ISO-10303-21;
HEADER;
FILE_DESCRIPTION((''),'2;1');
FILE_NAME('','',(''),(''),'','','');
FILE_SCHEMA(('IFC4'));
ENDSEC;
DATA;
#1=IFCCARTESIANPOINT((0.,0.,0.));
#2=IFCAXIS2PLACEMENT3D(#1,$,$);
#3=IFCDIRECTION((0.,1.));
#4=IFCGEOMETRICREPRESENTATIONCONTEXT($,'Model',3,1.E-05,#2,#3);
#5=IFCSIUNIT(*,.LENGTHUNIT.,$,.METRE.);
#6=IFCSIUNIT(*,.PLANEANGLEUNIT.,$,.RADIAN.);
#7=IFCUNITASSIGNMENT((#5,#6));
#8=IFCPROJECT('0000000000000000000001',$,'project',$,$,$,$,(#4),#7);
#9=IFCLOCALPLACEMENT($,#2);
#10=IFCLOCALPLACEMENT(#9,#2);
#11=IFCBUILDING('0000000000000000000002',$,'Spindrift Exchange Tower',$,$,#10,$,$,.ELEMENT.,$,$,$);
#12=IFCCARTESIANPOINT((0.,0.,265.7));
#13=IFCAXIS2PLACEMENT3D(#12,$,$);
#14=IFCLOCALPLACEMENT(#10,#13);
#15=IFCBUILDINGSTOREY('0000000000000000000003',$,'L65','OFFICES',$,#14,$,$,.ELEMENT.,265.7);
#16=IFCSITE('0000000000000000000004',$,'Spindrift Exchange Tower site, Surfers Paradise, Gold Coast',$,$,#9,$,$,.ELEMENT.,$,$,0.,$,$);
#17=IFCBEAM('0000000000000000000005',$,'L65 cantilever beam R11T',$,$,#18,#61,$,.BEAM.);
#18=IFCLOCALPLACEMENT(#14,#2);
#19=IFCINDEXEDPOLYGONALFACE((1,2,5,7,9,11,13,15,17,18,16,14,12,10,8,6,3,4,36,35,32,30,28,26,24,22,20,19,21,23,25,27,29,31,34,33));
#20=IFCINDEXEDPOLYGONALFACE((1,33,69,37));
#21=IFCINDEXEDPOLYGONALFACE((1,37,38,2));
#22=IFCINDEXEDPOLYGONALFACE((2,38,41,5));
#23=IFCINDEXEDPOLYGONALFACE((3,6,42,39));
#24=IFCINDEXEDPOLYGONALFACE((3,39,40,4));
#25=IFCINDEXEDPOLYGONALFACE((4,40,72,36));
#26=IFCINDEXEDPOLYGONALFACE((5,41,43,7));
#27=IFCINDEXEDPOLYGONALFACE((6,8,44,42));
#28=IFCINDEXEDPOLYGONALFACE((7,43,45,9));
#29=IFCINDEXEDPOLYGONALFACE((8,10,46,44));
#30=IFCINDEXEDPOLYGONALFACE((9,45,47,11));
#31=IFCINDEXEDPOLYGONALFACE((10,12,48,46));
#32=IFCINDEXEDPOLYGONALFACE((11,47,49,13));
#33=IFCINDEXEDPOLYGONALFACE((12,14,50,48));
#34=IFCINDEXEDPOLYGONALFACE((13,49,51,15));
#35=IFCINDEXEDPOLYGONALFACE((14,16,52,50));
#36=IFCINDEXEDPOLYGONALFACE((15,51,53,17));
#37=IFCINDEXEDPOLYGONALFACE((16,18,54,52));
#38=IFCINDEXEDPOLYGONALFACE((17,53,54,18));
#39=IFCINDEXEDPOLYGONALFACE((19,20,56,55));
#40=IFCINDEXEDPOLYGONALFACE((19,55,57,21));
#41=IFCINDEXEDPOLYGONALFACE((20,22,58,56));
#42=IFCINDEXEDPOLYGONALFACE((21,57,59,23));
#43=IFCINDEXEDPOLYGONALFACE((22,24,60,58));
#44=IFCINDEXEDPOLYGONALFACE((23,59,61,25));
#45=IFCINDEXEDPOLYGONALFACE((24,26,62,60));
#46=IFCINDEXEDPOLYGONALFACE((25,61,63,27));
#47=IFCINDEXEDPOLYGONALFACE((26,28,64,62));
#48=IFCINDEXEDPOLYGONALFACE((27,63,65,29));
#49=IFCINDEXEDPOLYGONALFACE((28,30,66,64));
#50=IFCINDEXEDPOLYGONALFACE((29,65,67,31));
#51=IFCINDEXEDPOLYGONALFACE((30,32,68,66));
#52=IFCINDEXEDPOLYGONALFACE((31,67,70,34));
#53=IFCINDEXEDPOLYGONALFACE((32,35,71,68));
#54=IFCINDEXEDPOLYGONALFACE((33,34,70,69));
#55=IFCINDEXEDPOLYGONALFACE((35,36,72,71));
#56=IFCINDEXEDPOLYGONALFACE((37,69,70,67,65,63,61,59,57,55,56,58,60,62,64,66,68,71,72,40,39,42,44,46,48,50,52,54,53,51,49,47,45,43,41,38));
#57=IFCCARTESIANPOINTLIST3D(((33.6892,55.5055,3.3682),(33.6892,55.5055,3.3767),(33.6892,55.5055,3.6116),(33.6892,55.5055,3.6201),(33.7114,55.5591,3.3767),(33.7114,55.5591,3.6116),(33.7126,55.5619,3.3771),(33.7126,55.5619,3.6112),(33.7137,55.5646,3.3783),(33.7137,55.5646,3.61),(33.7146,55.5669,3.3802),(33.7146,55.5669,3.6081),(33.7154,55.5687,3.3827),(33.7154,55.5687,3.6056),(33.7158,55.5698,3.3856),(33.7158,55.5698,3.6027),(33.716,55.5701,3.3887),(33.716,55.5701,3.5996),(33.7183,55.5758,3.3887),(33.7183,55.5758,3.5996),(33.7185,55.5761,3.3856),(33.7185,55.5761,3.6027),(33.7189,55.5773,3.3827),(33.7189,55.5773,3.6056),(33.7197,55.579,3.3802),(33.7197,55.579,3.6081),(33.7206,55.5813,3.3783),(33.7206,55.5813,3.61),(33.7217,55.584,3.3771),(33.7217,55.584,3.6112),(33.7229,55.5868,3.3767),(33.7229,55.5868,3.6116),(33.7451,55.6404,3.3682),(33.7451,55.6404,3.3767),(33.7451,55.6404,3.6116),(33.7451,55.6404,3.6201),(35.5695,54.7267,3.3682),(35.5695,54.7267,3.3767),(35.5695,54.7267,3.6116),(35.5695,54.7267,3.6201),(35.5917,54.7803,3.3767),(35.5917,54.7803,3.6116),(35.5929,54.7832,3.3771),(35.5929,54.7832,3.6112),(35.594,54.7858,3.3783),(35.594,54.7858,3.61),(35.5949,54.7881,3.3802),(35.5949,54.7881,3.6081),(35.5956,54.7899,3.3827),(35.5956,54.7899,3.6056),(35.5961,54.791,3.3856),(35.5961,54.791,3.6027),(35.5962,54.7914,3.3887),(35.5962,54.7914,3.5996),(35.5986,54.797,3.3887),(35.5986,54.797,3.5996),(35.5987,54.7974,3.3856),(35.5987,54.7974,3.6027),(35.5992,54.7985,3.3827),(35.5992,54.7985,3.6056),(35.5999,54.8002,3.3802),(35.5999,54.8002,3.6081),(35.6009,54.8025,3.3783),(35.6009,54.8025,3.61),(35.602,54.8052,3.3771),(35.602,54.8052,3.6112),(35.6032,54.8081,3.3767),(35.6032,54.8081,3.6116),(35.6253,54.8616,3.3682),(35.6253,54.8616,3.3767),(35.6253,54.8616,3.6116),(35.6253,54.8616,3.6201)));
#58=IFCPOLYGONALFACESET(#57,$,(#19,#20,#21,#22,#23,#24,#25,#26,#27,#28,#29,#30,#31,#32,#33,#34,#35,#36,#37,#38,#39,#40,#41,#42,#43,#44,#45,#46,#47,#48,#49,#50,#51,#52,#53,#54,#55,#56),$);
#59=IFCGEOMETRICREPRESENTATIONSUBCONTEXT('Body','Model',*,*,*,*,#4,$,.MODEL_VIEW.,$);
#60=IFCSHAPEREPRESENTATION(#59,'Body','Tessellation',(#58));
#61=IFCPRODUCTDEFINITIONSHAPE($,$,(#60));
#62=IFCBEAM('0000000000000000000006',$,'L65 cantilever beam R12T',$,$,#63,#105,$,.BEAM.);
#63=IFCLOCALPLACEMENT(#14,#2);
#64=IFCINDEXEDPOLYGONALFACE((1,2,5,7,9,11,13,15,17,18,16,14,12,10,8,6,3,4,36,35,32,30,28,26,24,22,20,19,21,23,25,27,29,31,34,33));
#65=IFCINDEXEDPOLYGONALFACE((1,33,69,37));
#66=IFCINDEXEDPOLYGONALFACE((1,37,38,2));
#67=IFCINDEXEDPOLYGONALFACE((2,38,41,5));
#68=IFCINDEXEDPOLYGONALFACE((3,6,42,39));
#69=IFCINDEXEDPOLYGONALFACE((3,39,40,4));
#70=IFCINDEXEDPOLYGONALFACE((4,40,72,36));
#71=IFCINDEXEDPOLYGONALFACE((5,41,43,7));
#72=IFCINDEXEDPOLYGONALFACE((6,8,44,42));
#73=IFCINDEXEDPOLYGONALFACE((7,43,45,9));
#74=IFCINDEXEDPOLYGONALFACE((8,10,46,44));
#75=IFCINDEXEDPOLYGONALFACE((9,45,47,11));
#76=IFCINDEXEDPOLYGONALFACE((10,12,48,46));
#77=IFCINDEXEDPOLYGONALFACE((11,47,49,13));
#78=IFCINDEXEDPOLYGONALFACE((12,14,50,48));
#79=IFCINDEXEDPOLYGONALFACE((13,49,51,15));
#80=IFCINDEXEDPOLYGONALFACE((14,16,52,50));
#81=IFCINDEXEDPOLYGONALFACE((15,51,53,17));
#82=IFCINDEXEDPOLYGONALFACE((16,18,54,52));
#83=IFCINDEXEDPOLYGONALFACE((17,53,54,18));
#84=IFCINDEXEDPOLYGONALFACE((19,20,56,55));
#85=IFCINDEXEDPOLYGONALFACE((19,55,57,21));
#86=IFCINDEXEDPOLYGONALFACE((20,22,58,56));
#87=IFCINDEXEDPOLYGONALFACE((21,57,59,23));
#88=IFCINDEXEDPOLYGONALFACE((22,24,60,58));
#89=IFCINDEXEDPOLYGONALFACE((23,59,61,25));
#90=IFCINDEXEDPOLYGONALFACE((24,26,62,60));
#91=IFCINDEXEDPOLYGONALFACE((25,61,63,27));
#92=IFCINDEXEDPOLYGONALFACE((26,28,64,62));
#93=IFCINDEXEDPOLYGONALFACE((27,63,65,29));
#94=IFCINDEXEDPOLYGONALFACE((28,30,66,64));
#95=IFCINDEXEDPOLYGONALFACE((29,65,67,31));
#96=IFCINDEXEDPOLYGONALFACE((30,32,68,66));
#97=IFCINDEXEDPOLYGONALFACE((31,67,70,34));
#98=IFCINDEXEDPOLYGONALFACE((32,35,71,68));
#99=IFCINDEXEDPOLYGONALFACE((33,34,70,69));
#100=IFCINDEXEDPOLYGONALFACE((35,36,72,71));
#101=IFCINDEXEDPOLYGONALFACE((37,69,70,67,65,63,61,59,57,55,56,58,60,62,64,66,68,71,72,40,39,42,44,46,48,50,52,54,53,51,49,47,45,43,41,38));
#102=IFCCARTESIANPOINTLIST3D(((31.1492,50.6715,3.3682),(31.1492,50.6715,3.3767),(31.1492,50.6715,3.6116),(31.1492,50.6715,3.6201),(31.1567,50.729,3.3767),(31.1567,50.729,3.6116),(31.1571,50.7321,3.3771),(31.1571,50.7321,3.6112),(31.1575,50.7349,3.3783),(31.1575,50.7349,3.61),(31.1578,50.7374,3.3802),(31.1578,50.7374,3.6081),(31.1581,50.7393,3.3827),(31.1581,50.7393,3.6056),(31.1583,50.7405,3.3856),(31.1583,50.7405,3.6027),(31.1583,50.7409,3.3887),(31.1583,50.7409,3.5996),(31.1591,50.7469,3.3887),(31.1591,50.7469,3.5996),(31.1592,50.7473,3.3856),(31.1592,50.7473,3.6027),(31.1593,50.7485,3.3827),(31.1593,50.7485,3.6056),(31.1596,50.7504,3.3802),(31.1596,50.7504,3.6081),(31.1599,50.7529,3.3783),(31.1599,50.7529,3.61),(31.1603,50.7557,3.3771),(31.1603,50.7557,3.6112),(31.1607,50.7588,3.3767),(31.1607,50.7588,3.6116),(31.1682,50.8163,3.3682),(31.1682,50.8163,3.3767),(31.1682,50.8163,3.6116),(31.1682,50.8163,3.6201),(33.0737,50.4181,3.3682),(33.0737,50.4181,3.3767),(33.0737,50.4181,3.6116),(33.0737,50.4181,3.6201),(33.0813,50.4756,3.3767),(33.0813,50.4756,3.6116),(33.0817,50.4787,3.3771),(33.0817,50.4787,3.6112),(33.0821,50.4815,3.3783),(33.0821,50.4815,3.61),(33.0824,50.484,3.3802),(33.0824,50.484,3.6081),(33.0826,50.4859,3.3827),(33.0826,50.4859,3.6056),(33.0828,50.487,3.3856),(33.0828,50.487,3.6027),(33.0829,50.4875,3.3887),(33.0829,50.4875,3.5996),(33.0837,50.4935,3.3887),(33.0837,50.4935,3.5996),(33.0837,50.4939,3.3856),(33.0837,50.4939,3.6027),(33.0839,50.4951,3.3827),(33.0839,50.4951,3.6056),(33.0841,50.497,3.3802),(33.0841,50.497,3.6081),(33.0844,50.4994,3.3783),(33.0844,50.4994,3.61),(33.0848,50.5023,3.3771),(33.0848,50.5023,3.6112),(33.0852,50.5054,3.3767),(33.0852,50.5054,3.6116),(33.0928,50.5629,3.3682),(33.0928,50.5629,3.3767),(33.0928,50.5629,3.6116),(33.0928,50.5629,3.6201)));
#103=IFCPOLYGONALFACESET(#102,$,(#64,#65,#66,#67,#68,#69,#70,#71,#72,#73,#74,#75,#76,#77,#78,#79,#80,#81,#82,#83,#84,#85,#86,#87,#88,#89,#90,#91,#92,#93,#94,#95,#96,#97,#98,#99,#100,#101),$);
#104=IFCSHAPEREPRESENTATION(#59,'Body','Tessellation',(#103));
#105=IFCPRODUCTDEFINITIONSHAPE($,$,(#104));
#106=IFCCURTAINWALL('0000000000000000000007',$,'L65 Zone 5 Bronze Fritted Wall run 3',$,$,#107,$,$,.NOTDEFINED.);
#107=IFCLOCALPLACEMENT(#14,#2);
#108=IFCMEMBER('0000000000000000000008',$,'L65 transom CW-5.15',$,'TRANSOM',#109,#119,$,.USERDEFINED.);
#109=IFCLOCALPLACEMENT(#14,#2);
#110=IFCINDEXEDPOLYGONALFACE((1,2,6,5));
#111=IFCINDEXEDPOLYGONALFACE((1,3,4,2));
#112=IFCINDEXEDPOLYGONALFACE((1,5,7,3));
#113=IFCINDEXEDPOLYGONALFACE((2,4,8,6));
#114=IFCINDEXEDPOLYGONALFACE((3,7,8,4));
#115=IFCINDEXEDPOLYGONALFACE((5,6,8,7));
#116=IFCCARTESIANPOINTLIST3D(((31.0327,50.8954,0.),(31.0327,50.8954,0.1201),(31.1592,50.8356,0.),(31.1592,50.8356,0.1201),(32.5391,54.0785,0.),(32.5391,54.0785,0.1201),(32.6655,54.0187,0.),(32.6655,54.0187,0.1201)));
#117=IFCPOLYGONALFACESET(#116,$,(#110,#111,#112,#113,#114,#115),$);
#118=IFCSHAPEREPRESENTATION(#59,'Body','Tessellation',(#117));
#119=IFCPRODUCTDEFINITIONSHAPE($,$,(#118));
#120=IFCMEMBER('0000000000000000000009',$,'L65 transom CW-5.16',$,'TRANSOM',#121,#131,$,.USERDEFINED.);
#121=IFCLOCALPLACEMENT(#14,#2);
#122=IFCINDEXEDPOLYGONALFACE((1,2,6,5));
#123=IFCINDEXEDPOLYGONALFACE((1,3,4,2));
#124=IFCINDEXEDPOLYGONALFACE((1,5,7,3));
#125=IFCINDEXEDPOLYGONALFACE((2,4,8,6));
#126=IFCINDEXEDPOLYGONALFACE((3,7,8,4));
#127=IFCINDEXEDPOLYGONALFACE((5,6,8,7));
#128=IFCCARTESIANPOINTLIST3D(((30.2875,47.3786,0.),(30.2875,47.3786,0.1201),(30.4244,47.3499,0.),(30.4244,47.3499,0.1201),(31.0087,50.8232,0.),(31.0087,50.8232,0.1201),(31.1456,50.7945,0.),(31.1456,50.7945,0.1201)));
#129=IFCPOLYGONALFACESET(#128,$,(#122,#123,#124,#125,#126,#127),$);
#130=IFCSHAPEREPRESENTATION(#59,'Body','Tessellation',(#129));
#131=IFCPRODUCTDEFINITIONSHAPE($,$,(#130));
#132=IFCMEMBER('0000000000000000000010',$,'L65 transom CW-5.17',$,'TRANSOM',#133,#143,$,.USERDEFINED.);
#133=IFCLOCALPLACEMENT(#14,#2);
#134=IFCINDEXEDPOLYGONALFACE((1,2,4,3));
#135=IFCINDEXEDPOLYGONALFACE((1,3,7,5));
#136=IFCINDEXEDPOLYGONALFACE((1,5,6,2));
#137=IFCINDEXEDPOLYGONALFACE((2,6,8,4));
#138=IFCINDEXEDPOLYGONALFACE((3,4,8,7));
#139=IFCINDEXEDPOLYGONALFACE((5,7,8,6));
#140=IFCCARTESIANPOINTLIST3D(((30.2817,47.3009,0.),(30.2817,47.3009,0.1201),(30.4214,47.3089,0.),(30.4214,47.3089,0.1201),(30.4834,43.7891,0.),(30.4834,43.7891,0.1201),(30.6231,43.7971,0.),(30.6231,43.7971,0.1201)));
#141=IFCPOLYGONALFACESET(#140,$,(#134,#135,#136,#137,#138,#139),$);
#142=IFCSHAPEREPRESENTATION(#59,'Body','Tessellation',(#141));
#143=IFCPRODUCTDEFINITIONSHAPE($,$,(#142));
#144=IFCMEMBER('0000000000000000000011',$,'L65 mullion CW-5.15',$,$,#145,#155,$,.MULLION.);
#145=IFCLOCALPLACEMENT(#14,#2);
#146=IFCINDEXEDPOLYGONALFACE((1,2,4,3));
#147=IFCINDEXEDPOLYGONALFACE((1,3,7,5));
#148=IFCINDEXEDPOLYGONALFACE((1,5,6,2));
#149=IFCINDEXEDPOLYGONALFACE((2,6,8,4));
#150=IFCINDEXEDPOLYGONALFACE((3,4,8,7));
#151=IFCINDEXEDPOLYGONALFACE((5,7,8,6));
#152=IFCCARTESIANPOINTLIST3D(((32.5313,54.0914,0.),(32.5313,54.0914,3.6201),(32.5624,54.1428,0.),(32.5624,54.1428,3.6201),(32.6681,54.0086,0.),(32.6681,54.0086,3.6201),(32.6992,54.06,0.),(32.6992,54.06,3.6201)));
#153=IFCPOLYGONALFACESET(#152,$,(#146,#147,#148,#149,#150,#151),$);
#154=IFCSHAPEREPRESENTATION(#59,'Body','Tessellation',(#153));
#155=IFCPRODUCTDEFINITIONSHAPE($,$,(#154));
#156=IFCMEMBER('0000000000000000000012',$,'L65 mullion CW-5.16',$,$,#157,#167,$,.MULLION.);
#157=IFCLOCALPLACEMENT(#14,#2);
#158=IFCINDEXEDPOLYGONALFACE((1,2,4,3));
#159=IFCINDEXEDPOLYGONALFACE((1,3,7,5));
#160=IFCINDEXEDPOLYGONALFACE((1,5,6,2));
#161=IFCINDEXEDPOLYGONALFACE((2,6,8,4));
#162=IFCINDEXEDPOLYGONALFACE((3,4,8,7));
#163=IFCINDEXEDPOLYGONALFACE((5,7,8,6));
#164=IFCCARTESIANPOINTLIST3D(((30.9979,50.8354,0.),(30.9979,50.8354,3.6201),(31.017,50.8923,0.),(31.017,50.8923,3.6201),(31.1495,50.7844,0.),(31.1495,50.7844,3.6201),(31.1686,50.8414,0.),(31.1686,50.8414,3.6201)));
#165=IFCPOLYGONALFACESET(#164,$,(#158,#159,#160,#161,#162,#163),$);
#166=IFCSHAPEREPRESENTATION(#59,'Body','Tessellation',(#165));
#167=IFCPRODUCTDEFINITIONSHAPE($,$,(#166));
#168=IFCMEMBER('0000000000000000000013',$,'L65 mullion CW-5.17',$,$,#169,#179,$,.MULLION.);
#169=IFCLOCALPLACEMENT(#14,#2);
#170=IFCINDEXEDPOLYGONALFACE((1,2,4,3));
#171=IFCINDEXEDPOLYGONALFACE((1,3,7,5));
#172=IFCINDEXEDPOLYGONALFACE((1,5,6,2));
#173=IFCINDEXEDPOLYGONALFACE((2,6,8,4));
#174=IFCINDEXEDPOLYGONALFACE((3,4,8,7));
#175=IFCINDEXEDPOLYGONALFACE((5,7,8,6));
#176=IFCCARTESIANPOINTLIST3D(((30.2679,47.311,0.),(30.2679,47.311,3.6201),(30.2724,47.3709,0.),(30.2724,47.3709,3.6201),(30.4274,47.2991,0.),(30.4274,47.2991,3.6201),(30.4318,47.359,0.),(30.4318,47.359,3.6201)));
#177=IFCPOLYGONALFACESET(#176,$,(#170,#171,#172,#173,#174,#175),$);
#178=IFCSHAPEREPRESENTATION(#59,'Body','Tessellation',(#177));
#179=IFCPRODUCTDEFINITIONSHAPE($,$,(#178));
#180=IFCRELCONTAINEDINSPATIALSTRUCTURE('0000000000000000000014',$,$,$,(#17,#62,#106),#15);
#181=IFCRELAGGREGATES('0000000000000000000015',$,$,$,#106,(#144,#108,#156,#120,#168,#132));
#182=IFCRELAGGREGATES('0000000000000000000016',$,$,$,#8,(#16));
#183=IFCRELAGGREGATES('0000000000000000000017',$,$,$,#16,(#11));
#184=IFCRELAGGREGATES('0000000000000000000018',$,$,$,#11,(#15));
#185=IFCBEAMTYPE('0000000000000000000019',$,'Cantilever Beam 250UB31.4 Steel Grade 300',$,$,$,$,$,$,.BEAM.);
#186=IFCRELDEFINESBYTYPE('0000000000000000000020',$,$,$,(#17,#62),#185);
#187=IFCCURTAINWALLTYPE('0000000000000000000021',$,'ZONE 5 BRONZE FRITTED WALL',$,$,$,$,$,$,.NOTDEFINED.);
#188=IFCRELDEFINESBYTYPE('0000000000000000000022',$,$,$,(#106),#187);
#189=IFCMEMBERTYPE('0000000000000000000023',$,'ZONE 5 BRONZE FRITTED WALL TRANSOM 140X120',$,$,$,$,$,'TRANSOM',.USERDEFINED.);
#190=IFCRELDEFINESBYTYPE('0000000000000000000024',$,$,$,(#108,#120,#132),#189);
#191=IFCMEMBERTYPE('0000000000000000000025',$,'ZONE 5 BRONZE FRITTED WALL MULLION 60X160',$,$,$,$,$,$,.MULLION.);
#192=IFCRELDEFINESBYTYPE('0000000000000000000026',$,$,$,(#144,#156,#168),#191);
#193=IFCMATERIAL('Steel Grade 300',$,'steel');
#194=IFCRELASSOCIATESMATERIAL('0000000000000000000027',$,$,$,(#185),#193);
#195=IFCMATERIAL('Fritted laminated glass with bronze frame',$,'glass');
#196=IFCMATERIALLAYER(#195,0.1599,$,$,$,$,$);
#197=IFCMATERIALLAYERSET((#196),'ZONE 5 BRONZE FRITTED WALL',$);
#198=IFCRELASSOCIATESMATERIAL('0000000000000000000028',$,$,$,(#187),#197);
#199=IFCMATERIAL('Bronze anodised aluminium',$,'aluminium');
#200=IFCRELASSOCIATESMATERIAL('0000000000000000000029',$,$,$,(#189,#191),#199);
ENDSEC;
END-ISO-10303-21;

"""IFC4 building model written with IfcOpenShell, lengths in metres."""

from ifc_helpers import new_model, si_unit, direction, frame, origin, origin_2d, place, context, subcontext, project, spatial, rectangle, i_section, extrude, source, transform, mapped, material, layer, layer_set, material_profile, profile_set, type_object, element, aggregate, save


model = new_model("IFC4")

# Units and contexts
model_context = context("Model", 3, precision=1e-05, world=origin(), true_north=direction((0.0, 1.0)))
body_context = subcontext(model_context, "Body", "Model", "MODEL_VIEW")
ifc_project = project(units=[si_unit("LENGTHUNIT", "METRE"), si_unit("PLANEANGLEUNIT", "RADIAN")], contexts=[model_context])

# Site, building, storey
site_placement = place(None, origin())
site = spatial("IfcSite", under=ifc_project, at=site_placement, Name="Spindrift Exchange Tower site, Surfers Paradise, Gold Coast", CompositionType="ELEMENT", RefElevation=0.0)
building_placement = place(site_placement, origin())
building = spatial("IfcBuilding", under=site, at=building_placement, Name="Spindrift Exchange Tower", CompositionType="ELEMENT")
storey_placement = place(building_placement, frame((0.0, 0.0, 265.7)))
storey = spatial("IfcBuildingStorey", under=building, at=storey_placement, Name="L65", Description="OFFICES", CompositionType="ELEMENT", Elevation=265.7)

# Beams
ifc_material_1 = material(Name="Steel Grade 300", Category="steel")
ifc_material_profile_1 = material_profile(ifc_material_1, i_section(OverallWidth=0.146, OverallDepth=0.252, WebThickness=0.0061, FlangeThickness=0.0085, FilletRadius=0.012, at=origin_2d()), Name="250UB31.4")
ifc_profile_set_1 = profile_set([ifc_material_profile_1], Name="Steel Grade 300")
beam_type_1 = type_object("IfcBeamType", Name="Cantilever Beam 250UB31.4 Steel Grade 300", PredefinedType="BEAM", material=ifc_profile_set_1)
shared_shape_1 = source(origin(), body_context, "Body", "SweptSolid", [
    extrude(i_section(OverallWidth=0.146, OverallDepth=0.252, WebThickness=0.0061, FlangeThickness=0.0085, FilletRadius=0.012, at=origin_2d()), origin(), (0.0, 0.0, 1.0), 2.0352),
])
beam_1_placement = place(storey_placement, frame((35.5974, 54.7942, 3.4941), z_axis=(-0.923891, 0.382655, 0.0), x_axis=(-0.382655, -0.923891, 0.0)))
element("IfcBeam", 1, at=beam_1_placement, inside=storey, type_object=beam_type_1, Name="L65 cantilever beam R11T", PredefinedType="BEAM", context=body_context, shape_type="MappedRepresentation", body=[
    mapped(shared_shape_1, transform((0.0, 0.0, 0.0), scale=1.0)),
])
shared_shape_2 = source(origin(), body_context, "Body", "SweptSolid", [
    extrude(i_section(OverallWidth=0.146, OverallDepth=0.252, WebThickness=0.0061, FlangeThickness=0.0085, FilletRadius=0.012, at=origin_2d()), origin(), (0.0, 0.0, 1.0), 1.9412),
])
beam_2_placement = place(storey_placement, frame((33.0833, 50.4905, 3.4941), z_axis=(-0.991442, 0.130549, 0.0), x_axis=(-0.130549, -0.991442, 0.0)))
element("IfcBeam", 2, at=beam_2_placement, inside=storey, type_object=beam_type_1, Name="L65 cantilever beam R12T", PredefinedType="BEAM", context=body_context, shape_type="MappedRepresentation", body=[
    mapped(shared_shape_2, transform((0.0, 0.0, 0.0), scale=1.0)),
])

# Curtain wall, members
ifc_material_2 = material(Name="Fritted laminated glass with bronze frame", Category="glass")
ifc_layer_1 = layer(ifc_material_2, 0.1599)
ifc_layer_set_1 = layer_set([ifc_layer_1], Name="ZONE 5 BRONZE FRITTED WALL")
curtain_wall_type = type_object("IfcCurtainWallType", Name="ZONE 5 BRONZE FRITTED WALL", PredefinedType="NOTDEFINED", material=ifc_layer_set_1)
curtain_wall_placement = place(storey_placement, origin())
curtain_wall = element("IfcCurtainWall", 3, at=curtain_wall_placement, inside=storey, type_object=curtain_wall_type, Name="L65 Zone 5 Bronze Fritted Wall run 3", PredefinedType="NOTDEFINED")
ifc_material_3 = material(Name="Bronze anodised aluminium", Category="aluminium")
ifc_material_profile_2 = material_profile(ifc_material_3, rectangle(XDim=0.1399, YDim=0.1201, at=origin_2d()), Name="ZONE 5 BRONZE FRITTED WALL TRANSOM 140X120")
ifc_profile_set_2 = profile_set([ifc_material_profile_2], Name="Bronze anodised aluminium")
member_type_1 = type_object("IfcMemberType", Name="ZONE 5 BRONZE FRITTED WALL TRANSOM 140X120", ElementType="TRANSOM", PredefinedType="USERDEFINED", material=ifc_profile_set_2)
shared_shape_3 = source(origin(), body_context, "Body", "SweptSolid", [
    extrude(rectangle(XDim=0.1399, YDim=0.1201, at=origin_2d()), origin(), (0.0, 0.0, 1.0), 3.5215),
])
member_1_placement = place(storey_placement, frame((32.6023, 54.0486, 0.0601), z_axis=(-0.427753, -0.903896, 0.0), x_axis=(0.903896, -0.427753, 0.0)))
member_1 = element("IfcMember", 4, at=member_1_placement, type_object=member_type_1, Name="L65 transom CW-5.15", ObjectType="TRANSOM", PredefinedType="USERDEFINED", context=body_context, shape_type="MappedRepresentation", body=[
    mapped(shared_shape_3, transform((0.0, 0.0, 0.0), scale=1.0)),
])
shared_shape_4 = source(origin(), body_context, "Body", "SweptSolid", [
    extrude(rectangle(XDim=0.1399, YDim=0.1201, at=origin_2d()), origin(), (0.0, 0.0, 1.0), 3.5193),
])
member_2_placement = place(storey_placement, frame((31.0771, 50.8088, 0.0601), z_axis=(-0.204927, -0.978777, 0.0), x_axis=(0.978777, -0.204927, 0.0)))
member_2 = element("IfcMember", 5, at=member_2_placement, type_object=member_type_1, Name="L65 transom CW-5.16", ObjectType="TRANSOM", PredefinedType="USERDEFINED", context=body_context, shape_type="MappedRepresentation", body=[
    mapped(shared_shape_4, transform((0.0, 0.0, 0.0), scale=1.0)),
])
shared_shape_5 = source(origin(), body_context, "Body", "SweptSolid", [
    extrude(rectangle(XDim=0.1399, YDim=0.1201, at=origin_2d()), origin(), (0.0, 0.0, 1.0), 3.5176),
])
member_3_placement = place(storey_placement, frame((30.3516, 47.3049, 0.0601), z_axis=(0.05733, -0.998355, 0.0), x_axis=(0.998355, 0.05733, 0.0)))
member_3 = element("IfcMember", 6, at=member_3_placement, type_object=member_type_1, Name="L65 transom CW-5.17", ObjectType="TRANSOM", PredefinedType="USERDEFINED", context=body_context, shape_type="MappedRepresentation", body=[
    mapped(shared_shape_5, transform((0.0, 0.0, 0.0), scale=1.0)),
])
ifc_material_profile_3 = material_profile(ifc_material_3, rectangle(XDim=0.0601, YDim=0.1599, at=origin_2d()), Name="ZONE 5 BRONZE FRITTED WALL MULLION 60X160")
ifc_profile_set_3 = profile_set([ifc_material_profile_3], Name="Bronze anodised aluminium")
member_type_2 = type_object("IfcMemberType", Name="ZONE 5 BRONZE FRITTED WALL MULLION 60X160", PredefinedType="MULLION", material=ifc_profile_set_3)
shared_shape_6 = source(origin(), body_context, "Body", "SweptSolid", [
    extrude(rectangle(XDim=0.0601, YDim=0.1599, at=origin_2d()), origin(), (0.0, 0.0, 1.0), 3.6201),
])
member_4_placement = place(storey_placement, frame((32.6152, 54.0757, 0.0), z_axis=(0.0, 0.0, 1.0), x_axis=(-0.517449, -0.855714, 0.0)))
member_4 = element("IfcMember", 7, at=member_4_placement, type_object=member_type_2, Name="L65 mullion CW-5.15", PredefinedType="MULLION", context=body_context, shape_type="MappedRepresentation", body=[
    mapped(shared_shape_6, transform((0.0, 0.0, 0.0), scale=1.0)),
])
member_5_placement = place(storey_placement, frame((31.0833, 50.8384, 0.0), z_axis=(0.0, 0.0, 1.0), x_axis=(-0.318534, -0.947911, 0.0)))
member_5 = element("IfcMember", 8, at=member_5_placement, type_object=member_type_2, Name="L65 mullion CW-5.16", PredefinedType="MULLION", context=body_context, shape_type="MappedRepresentation", body=[
    mapped(shared_shape_6, transform((0.0, 0.0, 0.0), scale=1.0)),
])
member_6_placement = place(storey_placement, frame((30.3499, 47.335, 0.0), z_axis=(0.0, 0.0, 1.0), x_axis=(-0.074416, -0.997227, 0.0)))
member_6 = element("IfcMember", 9, at=member_6_placement, type_object=member_type_2, Name="L65 mullion CW-5.17", PredefinedType="MULLION", context=body_context, shape_type="MappedRepresentation", body=[
    mapped(shared_shape_6, transform((0.0, 0.0, 0.0), scale=1.0)),
])
aggregate(curtain_wall, [member_4, member_1, member_5, member_2, member_6, member_3])

save(model, "model.ifc")
